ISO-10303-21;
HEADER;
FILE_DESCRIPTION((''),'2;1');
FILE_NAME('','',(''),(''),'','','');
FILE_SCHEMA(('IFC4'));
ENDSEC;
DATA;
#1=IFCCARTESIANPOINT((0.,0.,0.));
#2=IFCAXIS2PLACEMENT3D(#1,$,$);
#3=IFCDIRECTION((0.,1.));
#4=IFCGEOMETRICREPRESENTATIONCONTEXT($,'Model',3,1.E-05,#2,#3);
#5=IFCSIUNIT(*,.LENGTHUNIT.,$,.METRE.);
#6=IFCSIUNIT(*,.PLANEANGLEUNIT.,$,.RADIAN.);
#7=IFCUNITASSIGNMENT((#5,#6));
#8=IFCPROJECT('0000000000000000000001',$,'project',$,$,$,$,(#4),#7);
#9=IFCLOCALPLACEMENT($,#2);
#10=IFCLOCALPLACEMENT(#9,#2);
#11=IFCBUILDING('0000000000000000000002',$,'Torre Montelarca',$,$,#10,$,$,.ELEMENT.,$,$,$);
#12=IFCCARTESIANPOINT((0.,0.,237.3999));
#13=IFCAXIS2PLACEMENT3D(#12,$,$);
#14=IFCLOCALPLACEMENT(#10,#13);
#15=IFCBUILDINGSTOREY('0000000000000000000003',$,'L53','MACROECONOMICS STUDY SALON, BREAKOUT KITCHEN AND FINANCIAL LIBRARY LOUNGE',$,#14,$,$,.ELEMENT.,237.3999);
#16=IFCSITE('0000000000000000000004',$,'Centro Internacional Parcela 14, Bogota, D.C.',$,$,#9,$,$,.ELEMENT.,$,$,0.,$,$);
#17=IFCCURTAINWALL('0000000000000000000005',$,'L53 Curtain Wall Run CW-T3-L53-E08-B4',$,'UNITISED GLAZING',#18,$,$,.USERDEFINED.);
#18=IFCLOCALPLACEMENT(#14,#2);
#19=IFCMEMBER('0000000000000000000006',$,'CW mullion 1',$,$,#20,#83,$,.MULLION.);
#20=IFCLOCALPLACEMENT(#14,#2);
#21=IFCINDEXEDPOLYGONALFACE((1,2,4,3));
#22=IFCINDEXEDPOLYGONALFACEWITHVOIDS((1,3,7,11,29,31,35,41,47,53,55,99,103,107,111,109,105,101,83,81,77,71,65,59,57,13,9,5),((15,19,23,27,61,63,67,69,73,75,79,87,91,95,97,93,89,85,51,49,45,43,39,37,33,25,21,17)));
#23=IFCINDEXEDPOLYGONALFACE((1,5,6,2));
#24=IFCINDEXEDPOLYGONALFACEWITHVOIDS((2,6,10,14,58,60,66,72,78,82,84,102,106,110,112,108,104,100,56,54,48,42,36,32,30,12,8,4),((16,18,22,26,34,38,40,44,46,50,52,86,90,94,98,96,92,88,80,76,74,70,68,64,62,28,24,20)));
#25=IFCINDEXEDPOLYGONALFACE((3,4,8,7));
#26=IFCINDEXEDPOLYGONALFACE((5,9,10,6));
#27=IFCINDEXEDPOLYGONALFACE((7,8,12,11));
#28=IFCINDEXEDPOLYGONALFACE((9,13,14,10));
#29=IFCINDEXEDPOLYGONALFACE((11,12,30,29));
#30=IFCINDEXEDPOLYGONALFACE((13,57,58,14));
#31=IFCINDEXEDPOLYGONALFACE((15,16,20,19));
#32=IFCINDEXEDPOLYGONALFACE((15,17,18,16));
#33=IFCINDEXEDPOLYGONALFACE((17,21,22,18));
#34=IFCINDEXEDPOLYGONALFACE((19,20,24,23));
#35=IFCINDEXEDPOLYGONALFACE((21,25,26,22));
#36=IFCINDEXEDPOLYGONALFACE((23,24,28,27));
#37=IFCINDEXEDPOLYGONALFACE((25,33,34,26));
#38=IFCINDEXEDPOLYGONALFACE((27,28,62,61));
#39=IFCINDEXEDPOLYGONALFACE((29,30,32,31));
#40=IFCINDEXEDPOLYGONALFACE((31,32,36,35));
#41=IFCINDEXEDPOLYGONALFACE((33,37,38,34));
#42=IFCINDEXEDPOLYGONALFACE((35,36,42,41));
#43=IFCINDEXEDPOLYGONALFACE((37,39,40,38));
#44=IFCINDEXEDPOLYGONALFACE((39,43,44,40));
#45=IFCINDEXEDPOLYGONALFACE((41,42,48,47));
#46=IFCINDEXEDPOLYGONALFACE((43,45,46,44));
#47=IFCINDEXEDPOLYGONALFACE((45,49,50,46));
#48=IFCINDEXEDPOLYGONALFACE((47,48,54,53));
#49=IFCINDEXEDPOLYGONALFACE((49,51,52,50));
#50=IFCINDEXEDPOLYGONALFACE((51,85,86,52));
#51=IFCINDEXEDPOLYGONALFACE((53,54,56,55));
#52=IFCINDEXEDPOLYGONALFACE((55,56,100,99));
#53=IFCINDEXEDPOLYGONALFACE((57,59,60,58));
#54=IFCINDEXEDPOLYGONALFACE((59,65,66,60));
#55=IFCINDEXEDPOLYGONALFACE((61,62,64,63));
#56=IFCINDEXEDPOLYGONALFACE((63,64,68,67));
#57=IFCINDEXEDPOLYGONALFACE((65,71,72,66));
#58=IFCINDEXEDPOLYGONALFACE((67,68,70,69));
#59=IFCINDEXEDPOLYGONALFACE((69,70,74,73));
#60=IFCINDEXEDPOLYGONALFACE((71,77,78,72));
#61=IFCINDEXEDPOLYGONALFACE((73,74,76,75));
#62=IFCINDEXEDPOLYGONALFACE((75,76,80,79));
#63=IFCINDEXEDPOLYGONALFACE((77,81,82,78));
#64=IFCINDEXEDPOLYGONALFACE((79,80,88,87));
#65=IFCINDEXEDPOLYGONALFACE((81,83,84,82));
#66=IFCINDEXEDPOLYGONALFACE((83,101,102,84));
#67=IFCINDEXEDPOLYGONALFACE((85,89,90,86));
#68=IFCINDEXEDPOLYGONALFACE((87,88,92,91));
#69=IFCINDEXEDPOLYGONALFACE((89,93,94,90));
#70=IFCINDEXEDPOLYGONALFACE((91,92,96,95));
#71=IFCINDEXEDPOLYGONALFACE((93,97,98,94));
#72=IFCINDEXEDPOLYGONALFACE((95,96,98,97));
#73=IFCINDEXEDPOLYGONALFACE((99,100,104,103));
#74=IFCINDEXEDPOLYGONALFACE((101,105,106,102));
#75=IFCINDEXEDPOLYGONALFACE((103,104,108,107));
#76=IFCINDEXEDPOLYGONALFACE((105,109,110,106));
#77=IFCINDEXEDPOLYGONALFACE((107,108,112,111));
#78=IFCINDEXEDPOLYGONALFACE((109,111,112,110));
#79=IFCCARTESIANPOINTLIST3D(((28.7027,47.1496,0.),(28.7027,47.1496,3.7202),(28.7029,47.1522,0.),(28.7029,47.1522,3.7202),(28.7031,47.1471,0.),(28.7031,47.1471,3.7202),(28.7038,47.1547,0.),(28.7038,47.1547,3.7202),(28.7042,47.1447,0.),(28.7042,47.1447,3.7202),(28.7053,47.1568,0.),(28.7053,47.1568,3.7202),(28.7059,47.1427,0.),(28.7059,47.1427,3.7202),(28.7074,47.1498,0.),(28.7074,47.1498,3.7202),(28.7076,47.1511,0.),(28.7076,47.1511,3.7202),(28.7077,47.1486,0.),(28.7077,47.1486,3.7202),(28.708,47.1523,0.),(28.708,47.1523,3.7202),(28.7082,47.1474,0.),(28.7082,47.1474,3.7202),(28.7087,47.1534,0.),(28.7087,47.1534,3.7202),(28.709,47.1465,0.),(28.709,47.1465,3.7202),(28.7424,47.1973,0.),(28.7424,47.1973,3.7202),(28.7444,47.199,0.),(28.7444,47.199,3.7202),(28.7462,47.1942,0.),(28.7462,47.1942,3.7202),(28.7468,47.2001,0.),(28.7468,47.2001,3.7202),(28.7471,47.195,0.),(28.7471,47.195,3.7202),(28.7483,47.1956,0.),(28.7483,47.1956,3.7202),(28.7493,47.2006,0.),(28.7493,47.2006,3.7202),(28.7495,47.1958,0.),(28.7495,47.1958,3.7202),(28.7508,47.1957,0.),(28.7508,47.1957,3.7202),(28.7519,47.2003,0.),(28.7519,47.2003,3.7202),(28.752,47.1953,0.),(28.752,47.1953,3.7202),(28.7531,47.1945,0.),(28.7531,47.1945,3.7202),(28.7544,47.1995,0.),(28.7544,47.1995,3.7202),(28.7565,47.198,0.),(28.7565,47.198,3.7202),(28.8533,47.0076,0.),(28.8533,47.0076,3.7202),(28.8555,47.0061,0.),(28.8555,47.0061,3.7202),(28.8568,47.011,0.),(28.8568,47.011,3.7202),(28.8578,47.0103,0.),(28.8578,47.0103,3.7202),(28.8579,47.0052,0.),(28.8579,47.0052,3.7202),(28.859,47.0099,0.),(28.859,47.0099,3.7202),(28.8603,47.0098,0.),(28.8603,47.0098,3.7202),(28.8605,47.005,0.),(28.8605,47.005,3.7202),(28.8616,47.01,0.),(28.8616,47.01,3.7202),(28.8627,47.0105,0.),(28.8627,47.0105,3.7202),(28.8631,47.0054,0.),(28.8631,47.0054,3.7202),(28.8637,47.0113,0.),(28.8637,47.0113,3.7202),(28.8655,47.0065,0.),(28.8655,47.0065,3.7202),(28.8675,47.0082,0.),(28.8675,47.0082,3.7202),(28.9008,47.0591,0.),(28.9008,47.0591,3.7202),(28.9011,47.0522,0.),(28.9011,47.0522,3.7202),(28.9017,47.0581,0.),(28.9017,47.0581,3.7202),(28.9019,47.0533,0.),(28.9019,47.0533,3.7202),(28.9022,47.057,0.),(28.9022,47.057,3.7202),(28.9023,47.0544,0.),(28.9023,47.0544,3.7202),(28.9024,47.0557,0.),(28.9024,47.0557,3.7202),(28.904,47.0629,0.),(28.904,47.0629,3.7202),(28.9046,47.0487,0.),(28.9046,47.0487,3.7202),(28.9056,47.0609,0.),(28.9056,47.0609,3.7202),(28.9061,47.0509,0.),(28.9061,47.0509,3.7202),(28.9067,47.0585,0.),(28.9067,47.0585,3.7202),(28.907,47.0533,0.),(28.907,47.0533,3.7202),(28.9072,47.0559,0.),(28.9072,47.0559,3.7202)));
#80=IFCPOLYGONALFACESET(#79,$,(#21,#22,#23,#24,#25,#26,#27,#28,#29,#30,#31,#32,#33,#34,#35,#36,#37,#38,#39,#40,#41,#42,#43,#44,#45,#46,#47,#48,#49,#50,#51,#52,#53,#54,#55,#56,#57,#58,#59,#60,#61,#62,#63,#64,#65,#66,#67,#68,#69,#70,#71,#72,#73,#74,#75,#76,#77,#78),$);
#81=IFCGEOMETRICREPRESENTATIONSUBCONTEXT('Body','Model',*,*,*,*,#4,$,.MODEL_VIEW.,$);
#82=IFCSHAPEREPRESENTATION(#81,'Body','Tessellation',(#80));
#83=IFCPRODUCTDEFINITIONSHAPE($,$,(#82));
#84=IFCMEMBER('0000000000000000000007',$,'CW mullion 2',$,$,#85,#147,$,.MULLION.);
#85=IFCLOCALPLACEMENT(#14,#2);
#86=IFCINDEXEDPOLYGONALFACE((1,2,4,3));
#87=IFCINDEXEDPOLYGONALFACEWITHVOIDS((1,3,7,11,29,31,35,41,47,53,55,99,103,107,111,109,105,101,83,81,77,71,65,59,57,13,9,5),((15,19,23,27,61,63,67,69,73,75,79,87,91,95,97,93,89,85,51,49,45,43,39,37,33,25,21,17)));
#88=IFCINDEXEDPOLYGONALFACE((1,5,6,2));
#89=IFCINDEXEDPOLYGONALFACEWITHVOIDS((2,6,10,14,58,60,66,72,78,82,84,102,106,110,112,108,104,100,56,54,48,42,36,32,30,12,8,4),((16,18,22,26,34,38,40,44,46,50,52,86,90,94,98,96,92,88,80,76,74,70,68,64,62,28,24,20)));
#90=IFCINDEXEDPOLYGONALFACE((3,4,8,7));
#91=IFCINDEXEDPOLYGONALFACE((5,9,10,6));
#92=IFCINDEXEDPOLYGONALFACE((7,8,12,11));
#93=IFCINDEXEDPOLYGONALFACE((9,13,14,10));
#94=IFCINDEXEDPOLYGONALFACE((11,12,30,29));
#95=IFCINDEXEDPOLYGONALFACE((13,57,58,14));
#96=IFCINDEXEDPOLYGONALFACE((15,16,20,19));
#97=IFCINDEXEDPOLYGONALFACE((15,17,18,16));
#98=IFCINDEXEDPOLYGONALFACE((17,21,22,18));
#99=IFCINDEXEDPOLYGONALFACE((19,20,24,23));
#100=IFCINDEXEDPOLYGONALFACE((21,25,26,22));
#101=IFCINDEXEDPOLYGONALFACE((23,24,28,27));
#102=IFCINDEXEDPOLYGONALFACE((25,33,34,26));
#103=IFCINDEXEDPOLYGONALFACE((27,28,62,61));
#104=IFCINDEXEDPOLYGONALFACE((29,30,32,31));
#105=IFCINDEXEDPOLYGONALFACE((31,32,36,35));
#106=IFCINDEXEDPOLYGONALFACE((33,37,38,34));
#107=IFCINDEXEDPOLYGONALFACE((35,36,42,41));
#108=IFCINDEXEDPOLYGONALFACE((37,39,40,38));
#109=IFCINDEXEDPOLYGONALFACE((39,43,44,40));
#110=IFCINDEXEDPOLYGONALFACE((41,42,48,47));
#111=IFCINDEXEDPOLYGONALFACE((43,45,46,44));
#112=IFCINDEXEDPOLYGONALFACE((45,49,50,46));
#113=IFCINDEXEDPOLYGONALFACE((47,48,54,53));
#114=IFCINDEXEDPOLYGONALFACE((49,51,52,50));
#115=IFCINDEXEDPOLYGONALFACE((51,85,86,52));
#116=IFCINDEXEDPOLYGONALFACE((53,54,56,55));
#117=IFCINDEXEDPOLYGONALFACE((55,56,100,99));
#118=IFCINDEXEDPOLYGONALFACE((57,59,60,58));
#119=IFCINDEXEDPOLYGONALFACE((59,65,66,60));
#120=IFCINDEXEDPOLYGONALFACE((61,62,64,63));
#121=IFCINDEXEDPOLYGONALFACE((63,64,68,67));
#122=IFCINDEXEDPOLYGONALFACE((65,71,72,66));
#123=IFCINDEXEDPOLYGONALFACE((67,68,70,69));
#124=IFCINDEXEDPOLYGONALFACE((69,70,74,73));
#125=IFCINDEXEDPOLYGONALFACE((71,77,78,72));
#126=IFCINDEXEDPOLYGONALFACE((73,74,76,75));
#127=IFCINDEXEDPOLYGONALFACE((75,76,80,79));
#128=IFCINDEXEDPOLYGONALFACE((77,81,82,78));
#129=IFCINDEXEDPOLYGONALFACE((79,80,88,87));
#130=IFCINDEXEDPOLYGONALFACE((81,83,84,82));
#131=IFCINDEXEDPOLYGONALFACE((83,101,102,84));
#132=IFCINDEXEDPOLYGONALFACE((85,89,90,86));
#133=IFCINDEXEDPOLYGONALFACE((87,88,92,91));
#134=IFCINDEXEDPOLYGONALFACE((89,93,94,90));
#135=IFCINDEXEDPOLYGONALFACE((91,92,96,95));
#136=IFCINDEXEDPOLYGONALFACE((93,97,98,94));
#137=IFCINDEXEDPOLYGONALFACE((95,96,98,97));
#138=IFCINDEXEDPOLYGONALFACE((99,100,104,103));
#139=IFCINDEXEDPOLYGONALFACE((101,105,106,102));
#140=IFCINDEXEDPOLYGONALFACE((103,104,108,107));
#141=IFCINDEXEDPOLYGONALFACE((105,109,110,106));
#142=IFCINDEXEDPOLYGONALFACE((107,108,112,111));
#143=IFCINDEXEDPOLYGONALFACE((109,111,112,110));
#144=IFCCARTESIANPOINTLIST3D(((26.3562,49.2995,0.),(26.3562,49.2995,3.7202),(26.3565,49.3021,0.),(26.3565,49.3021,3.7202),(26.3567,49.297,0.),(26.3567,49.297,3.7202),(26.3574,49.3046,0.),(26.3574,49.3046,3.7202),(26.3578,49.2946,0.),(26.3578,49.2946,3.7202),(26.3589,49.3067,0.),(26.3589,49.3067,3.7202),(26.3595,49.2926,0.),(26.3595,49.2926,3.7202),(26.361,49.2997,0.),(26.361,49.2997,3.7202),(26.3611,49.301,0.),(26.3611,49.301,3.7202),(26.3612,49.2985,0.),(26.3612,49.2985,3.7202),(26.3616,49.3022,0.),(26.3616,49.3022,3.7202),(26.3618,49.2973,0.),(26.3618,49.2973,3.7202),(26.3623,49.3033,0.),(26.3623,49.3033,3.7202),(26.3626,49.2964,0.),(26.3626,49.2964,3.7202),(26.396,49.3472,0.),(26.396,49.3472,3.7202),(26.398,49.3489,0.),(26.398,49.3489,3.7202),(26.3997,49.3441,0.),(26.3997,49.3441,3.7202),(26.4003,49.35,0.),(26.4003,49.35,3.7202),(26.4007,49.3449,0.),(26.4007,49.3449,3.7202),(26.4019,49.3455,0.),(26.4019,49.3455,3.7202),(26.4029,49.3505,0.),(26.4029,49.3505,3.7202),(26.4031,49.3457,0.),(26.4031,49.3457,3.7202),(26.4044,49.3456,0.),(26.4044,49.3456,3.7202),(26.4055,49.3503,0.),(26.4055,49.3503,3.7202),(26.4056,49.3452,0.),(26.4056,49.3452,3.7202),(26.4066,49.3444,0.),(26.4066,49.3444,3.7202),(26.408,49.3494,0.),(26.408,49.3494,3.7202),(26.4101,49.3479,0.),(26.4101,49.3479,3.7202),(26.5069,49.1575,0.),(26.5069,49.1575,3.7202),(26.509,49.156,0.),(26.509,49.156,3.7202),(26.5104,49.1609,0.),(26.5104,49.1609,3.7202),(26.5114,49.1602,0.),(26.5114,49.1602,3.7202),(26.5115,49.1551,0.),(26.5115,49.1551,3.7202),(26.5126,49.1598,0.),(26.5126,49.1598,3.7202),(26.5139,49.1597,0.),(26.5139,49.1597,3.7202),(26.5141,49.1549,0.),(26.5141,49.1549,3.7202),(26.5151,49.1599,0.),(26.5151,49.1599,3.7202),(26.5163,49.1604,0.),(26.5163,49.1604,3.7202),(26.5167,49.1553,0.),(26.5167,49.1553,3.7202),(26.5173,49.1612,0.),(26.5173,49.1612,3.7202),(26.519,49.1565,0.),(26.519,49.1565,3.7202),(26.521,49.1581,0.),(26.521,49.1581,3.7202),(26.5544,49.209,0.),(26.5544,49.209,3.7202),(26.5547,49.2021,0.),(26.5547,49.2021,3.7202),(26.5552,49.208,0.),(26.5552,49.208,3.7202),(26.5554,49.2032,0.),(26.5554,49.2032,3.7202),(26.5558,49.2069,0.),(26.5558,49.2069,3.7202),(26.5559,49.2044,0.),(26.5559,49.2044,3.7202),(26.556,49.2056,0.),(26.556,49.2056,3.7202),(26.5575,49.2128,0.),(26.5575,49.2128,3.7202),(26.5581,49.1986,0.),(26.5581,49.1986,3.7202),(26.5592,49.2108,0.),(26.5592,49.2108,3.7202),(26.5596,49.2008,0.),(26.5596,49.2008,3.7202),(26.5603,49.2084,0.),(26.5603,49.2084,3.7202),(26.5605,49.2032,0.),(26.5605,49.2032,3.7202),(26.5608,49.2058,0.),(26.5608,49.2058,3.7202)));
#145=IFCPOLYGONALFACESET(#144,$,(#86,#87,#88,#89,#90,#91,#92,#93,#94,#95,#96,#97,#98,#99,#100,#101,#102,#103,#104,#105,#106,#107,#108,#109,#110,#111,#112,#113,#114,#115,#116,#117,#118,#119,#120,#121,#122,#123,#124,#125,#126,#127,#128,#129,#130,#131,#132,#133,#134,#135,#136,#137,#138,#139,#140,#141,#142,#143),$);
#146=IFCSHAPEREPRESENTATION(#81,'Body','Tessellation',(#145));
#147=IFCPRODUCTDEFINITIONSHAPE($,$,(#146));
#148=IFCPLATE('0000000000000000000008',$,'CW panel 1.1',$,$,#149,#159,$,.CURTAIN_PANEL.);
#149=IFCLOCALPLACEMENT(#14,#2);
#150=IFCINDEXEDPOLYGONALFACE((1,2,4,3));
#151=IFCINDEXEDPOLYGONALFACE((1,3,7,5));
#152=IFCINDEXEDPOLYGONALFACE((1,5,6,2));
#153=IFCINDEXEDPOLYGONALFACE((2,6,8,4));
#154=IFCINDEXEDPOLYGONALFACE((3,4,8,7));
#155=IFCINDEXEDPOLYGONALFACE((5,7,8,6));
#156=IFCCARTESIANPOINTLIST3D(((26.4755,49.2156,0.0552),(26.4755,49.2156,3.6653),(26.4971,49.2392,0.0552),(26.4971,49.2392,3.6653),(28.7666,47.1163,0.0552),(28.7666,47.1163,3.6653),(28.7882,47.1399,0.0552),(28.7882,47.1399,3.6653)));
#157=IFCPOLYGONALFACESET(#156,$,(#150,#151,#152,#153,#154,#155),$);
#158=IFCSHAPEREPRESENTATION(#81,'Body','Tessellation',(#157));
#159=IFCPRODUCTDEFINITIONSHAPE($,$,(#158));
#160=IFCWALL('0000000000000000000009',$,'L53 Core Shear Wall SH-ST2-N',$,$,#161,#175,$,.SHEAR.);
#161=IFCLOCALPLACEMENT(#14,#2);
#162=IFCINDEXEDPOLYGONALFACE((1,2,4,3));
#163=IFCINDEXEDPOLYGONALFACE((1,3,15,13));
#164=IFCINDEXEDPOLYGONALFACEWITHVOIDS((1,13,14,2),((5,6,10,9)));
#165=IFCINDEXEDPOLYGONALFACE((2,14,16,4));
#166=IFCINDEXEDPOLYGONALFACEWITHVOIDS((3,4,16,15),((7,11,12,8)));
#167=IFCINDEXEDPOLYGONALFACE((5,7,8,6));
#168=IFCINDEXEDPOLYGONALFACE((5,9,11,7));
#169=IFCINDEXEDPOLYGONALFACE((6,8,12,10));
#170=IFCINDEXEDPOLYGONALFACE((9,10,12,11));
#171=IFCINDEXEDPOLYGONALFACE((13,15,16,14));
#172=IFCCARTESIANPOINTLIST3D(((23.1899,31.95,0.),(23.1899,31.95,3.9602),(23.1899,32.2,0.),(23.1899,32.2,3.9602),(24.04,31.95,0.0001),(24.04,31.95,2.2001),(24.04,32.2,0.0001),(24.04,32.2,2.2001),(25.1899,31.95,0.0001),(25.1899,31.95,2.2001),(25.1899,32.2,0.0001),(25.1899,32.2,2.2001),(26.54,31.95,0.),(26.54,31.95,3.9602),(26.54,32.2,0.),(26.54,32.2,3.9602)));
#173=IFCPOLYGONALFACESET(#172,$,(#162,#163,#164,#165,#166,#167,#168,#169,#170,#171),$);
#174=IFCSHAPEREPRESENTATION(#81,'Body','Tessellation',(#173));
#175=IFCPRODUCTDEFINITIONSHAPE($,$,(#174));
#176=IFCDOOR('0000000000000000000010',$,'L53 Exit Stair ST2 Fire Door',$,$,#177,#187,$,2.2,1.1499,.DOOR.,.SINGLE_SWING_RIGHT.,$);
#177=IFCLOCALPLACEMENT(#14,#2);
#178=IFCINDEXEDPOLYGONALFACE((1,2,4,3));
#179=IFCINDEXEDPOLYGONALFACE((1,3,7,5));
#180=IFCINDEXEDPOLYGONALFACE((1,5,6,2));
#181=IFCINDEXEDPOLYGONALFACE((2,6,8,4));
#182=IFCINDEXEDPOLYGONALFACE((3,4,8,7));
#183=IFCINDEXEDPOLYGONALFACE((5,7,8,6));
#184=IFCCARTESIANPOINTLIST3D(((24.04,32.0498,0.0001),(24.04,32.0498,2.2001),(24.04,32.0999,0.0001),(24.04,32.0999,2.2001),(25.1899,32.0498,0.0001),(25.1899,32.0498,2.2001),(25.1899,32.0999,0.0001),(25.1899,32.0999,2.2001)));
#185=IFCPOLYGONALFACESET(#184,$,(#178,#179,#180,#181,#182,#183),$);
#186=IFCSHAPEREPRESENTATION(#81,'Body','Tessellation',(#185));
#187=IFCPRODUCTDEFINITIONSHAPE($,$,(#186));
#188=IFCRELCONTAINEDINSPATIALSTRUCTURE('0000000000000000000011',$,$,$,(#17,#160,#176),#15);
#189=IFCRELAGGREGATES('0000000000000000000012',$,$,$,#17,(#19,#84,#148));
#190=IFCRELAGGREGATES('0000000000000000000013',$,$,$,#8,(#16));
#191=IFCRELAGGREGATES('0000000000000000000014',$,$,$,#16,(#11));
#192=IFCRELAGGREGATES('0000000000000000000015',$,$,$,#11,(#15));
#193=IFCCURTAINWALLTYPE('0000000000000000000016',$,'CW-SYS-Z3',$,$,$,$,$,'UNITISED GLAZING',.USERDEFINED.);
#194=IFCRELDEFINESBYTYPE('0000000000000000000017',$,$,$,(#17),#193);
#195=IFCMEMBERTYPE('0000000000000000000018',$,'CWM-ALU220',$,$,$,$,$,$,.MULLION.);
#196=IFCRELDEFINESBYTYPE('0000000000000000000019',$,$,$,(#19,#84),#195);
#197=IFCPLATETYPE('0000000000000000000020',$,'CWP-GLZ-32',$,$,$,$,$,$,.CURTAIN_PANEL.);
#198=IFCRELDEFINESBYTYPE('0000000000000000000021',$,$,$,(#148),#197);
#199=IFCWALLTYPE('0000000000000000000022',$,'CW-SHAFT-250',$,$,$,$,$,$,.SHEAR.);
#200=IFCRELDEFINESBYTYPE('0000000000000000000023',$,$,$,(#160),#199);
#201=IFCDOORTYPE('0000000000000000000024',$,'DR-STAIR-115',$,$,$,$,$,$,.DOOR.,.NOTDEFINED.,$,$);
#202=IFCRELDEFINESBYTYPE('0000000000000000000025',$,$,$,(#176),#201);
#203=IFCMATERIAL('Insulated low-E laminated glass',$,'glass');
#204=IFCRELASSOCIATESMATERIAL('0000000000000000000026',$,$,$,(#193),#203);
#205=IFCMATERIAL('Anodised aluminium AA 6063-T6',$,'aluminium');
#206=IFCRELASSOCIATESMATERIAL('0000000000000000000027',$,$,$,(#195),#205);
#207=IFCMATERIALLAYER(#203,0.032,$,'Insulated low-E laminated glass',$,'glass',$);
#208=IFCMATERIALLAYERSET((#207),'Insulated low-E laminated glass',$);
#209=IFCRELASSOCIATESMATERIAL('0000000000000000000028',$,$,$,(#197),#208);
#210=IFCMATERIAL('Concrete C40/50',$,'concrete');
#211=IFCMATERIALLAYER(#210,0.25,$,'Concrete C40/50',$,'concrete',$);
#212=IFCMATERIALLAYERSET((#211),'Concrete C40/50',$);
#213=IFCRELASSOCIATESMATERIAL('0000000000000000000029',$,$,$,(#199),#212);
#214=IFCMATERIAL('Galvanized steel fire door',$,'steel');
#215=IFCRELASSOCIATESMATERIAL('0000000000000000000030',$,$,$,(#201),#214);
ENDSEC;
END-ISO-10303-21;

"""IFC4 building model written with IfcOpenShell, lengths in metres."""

from ifc_helpers import new_model, si_unit, direction, frame, frame_2d, origin, origin_2d, place, context, subcontext, project, spatial, rectangle, hollow_rectangle, extrude, source, transform, mapped, material, layer, layer_set, material_profile, profile_set, type_object, element, fill, aggregate, save


model = new_model("IFC4")

# Units and contexts
model_context = context("Model", 3, precision=1e-05, world=origin(), true_north=direction((0.0, 1.0)))
body_context = subcontext(model_context, "Body", "Model", "MODEL_VIEW")
ifc_project = project(units=[si_unit("LENGTHUNIT", "METRE"), si_unit("PLANEANGLEUNIT", "RADIAN")], contexts=[model_context])

# Site, building, storey
site_placement = place(None, origin())
site = spatial("IfcSite", under=ifc_project, at=site_placement, Name="Centro Internacional Parcela 14, Bogota, D.C.", CompositionType="ELEMENT", RefElevation=0.0)
building_placement = place(site_placement, origin())
building = spatial("IfcBuilding", under=site, at=building_placement, Name="Torre Montelarca", CompositionType="ELEMENT")
storey_placement = place(building_placement, frame((0.0, 0.0, 237.3999)))
storey = spatial("IfcBuildingStorey", under=building, at=storey_placement, Name="L53", Description="MACROECONOMICS STUDY SALON, BREAKOUT KITCHEN AND FINANCIAL LIBRARY LOUNGE", CompositionType="ELEMENT", Elevation=237.3999)

# Curtain wall, members, plate
ifc_material_1 = material(Name="Insulated low-E laminated glass", Category="glass")
curtain_wall_type = type_object("IfcCurtainWallType", Name="CW-SYS-Z3", ElementType="UNITISED GLAZING", PredefinedType="USERDEFINED", material=ifc_material_1)
curtain_wall_placement = place(storey_placement, origin())
curtain_wall = element("IfcCurtainWall", 1, at=curtain_wall_placement, inside=storey, type_object=curtain_wall_type, Name="L53 Curtain Wall Run CW-T3-L53-E08-B4", ObjectType="UNITISED GLAZING", PredefinedType="USERDEFINED")
ifc_material_2 = material(Name="Anodised aluminium AA 6063-T6", Category="aluminium")
ifc_material_profile_1 = material_profile(ifc_material_2, hollow_rectangle(XDim=0.075, YDim=0.22, WallThickness=0.0049, InnerFilletRadius=0.0049, OuterFilletRadius=0.01, at=origin_2d()), Name="ALU75X220X5", Category="aluminium")
ifc_profile_set_1 = profile_set([ifc_material_profile_1], Name="Anodised aluminium AA 6063-T6")
member_type_1 = type_object("IfcMemberType", Name="CWM-ALU220", PredefinedType="MULLION", material=ifc_profile_set_1)
shared_shape_1 = source(origin(), body_context, "Body", "SweptSolid", [
    extrude(hollow_rectangle(XDim=0.075, YDim=0.22, WallThickness=0.0049, InnerFilletRadius=0.0049, OuterFilletRadius=0.01, at=origin_2d()), origin(), (0.0, 0.0, 1.0), 3.7202),
])
member_1_placement = place(storey_placement, frame((28.8049, 47.1028, 0.0), z_axis=(0.0, 0.0, 1.0), x_axis=(-0.675588, -0.73728, 0.0)))
member_1 = element("IfcMember", 2, at=member_1_placement, type_object=member_type_1, Name="CW mullion 1", PredefinedType="MULLION", context=body_context, shape_type="MappedRepresentation", body=[
    mapped(shared_shape_1, transform((0.0, 0.0, 0.0), scale=1.0)),
])
member_2_placement = place(storey_placement, frame((26.4585, 49.2527, 0.0), z_axis=(0.0, 0.0, 1.0), x_axis=(-0.675588, -0.73728, 0.0)))
member_2 = element("IfcMember", 3, at=member_2_placement, type_object=member_type_1, Name="CW mullion 2", PredefinedType="MULLION", context=body_context, shape_type="MappedRepresentation", body=[
    mapped(shared_shape_1, transform((0.0, 0.0, 0.0), scale=1.0)),
])
ifc_layer_1 = layer(ifc_material_1, 0.032, Name="Insulated low-E laminated glass", Category="glass")
ifc_layer_set_1 = layer_set([ifc_layer_1], Name="Insulated low-E laminated glass")
plate_type = type_object("IfcPlateType", Name="CWP-GLZ-32", PredefinedType="CURTAIN_PANEL", material=ifc_layer_set_1)
shared_shape_2 = source(origin(), body_context, "Body", "SweptSolid", [
    extrude(rectangle(XDim=3.1074, YDim=0.032, at=origin_2d()), origin(), (0.0, 0.0, 1.0), 3.6101),
])
plate_placement = place(storey_placement, frame((27.6318, 48.1777, 0.0552), z_axis=(0.0, 0.0, 1.0), x_axis=(-0.73728, 0.675588, 0.0)))
plate = element("IfcPlate", 4, at=plate_placement, type_object=plate_type, Name="CW panel 1.1", PredefinedType="CURTAIN_PANEL", context=body_context, shape_type="MappedRepresentation", body=[
    mapped(shared_shape_2, transform((0.0, 0.0, 0.0), scale=1.0)),
])
aggregate(curtain_wall, [member_1, member_2, plate])

# Wall, opening, door
ifc_material_3 = material(Name="Concrete C40/50", Category="concrete")
ifc_layer_2 = layer(ifc_material_3, 0.25, Name="Concrete C40/50", Category="concrete")
ifc_layer_set_2 = layer_set([ifc_layer_2], Name="Concrete C40/50")
wall_type_1 = type_object("IfcWallType", Name="CW-SHAFT-250", PredefinedType="SHEAR", material=ifc_layer_set_2)
wall_1_placement = place(storey_placement, frame((23.1899, 32.075, 0.0), z_axis=(0.0, 0.0, 1.0), x_axis=(1.0, 0.0, 0.0)))
wall_1 = element("IfcWall", 5, at=wall_1_placement, inside=storey, type_object=wall_type_1, Name="L53 Core Shear Wall SH-ST2-N", PredefinedType="SHEAR", context=body_context, shape_type="SweptSolid", body=[
    extrude(rectangle(XDim=3.3501, YDim=0.25, at=frame_2d((1.675, 0.0))), origin(), (0.0, 0.0, 1.0), 3.9602),
])
opening_1_placement = place(wall_1_placement, frame((0.8501, 0.0, 0.0)))
opening_1 = element("IfcOpeningElement", 6, at=opening_1_placement, cuts=wall_1, PredefinedType="OPENING", context=body_context, shape_type="SweptSolid", body=[
    extrude(rectangle(XDim=1.1499, YDim=2.2, at=frame_2d((0.575, 1.1001))), frame((0.0, 0.135, 0.0), z_axis=(0.0, -1.0, 0.0), x_axis=(1.0, 0.0, 0.0)), (0.0, 0.0, 1.0), 0.27),
])
ifc_material_4 = material(Name="Galvanized steel fire door", Category="steel")
door_type_1 = type_object("IfcDoorType", Name="DR-STAIR-115", OperationType="NOTDEFINED", PredefinedType="DOOR", material=ifc_material_4)
shared_shape_3 = source(origin(), body_context, "Body", "SweptSolid", [
    extrude(rectangle(XDim=1.1499, YDim=2.2, at=frame_2d((0.575, 1.1001))), frame((0.0, 0.0249, 0.0), z_axis=(0.0, -1.0, 0.0), x_axis=(1.0, 0.0, 0.0)), (0.0, 0.0, 1.0), 0.05),
])
door_1_placement = place(opening_1_placement, origin())
door_1 = element("IfcDoor", 7, at=door_1_placement, inside=storey, type_object=door_type_1, Name="L53 Exit Stair ST2 Fire Door", OperationType="SINGLE_SWING_RIGHT", OverallHeight=2.2, OverallWidth=1.1499, PredefinedType="DOOR", context=body_context, shape_type="MappedRepresentation", body=[
    mapped(shared_shape_3, transform((0.0, 0.0, 0.0), scale=1.0)),
])
fill(opening_1, door_1)

save(model, "model.ifc")
